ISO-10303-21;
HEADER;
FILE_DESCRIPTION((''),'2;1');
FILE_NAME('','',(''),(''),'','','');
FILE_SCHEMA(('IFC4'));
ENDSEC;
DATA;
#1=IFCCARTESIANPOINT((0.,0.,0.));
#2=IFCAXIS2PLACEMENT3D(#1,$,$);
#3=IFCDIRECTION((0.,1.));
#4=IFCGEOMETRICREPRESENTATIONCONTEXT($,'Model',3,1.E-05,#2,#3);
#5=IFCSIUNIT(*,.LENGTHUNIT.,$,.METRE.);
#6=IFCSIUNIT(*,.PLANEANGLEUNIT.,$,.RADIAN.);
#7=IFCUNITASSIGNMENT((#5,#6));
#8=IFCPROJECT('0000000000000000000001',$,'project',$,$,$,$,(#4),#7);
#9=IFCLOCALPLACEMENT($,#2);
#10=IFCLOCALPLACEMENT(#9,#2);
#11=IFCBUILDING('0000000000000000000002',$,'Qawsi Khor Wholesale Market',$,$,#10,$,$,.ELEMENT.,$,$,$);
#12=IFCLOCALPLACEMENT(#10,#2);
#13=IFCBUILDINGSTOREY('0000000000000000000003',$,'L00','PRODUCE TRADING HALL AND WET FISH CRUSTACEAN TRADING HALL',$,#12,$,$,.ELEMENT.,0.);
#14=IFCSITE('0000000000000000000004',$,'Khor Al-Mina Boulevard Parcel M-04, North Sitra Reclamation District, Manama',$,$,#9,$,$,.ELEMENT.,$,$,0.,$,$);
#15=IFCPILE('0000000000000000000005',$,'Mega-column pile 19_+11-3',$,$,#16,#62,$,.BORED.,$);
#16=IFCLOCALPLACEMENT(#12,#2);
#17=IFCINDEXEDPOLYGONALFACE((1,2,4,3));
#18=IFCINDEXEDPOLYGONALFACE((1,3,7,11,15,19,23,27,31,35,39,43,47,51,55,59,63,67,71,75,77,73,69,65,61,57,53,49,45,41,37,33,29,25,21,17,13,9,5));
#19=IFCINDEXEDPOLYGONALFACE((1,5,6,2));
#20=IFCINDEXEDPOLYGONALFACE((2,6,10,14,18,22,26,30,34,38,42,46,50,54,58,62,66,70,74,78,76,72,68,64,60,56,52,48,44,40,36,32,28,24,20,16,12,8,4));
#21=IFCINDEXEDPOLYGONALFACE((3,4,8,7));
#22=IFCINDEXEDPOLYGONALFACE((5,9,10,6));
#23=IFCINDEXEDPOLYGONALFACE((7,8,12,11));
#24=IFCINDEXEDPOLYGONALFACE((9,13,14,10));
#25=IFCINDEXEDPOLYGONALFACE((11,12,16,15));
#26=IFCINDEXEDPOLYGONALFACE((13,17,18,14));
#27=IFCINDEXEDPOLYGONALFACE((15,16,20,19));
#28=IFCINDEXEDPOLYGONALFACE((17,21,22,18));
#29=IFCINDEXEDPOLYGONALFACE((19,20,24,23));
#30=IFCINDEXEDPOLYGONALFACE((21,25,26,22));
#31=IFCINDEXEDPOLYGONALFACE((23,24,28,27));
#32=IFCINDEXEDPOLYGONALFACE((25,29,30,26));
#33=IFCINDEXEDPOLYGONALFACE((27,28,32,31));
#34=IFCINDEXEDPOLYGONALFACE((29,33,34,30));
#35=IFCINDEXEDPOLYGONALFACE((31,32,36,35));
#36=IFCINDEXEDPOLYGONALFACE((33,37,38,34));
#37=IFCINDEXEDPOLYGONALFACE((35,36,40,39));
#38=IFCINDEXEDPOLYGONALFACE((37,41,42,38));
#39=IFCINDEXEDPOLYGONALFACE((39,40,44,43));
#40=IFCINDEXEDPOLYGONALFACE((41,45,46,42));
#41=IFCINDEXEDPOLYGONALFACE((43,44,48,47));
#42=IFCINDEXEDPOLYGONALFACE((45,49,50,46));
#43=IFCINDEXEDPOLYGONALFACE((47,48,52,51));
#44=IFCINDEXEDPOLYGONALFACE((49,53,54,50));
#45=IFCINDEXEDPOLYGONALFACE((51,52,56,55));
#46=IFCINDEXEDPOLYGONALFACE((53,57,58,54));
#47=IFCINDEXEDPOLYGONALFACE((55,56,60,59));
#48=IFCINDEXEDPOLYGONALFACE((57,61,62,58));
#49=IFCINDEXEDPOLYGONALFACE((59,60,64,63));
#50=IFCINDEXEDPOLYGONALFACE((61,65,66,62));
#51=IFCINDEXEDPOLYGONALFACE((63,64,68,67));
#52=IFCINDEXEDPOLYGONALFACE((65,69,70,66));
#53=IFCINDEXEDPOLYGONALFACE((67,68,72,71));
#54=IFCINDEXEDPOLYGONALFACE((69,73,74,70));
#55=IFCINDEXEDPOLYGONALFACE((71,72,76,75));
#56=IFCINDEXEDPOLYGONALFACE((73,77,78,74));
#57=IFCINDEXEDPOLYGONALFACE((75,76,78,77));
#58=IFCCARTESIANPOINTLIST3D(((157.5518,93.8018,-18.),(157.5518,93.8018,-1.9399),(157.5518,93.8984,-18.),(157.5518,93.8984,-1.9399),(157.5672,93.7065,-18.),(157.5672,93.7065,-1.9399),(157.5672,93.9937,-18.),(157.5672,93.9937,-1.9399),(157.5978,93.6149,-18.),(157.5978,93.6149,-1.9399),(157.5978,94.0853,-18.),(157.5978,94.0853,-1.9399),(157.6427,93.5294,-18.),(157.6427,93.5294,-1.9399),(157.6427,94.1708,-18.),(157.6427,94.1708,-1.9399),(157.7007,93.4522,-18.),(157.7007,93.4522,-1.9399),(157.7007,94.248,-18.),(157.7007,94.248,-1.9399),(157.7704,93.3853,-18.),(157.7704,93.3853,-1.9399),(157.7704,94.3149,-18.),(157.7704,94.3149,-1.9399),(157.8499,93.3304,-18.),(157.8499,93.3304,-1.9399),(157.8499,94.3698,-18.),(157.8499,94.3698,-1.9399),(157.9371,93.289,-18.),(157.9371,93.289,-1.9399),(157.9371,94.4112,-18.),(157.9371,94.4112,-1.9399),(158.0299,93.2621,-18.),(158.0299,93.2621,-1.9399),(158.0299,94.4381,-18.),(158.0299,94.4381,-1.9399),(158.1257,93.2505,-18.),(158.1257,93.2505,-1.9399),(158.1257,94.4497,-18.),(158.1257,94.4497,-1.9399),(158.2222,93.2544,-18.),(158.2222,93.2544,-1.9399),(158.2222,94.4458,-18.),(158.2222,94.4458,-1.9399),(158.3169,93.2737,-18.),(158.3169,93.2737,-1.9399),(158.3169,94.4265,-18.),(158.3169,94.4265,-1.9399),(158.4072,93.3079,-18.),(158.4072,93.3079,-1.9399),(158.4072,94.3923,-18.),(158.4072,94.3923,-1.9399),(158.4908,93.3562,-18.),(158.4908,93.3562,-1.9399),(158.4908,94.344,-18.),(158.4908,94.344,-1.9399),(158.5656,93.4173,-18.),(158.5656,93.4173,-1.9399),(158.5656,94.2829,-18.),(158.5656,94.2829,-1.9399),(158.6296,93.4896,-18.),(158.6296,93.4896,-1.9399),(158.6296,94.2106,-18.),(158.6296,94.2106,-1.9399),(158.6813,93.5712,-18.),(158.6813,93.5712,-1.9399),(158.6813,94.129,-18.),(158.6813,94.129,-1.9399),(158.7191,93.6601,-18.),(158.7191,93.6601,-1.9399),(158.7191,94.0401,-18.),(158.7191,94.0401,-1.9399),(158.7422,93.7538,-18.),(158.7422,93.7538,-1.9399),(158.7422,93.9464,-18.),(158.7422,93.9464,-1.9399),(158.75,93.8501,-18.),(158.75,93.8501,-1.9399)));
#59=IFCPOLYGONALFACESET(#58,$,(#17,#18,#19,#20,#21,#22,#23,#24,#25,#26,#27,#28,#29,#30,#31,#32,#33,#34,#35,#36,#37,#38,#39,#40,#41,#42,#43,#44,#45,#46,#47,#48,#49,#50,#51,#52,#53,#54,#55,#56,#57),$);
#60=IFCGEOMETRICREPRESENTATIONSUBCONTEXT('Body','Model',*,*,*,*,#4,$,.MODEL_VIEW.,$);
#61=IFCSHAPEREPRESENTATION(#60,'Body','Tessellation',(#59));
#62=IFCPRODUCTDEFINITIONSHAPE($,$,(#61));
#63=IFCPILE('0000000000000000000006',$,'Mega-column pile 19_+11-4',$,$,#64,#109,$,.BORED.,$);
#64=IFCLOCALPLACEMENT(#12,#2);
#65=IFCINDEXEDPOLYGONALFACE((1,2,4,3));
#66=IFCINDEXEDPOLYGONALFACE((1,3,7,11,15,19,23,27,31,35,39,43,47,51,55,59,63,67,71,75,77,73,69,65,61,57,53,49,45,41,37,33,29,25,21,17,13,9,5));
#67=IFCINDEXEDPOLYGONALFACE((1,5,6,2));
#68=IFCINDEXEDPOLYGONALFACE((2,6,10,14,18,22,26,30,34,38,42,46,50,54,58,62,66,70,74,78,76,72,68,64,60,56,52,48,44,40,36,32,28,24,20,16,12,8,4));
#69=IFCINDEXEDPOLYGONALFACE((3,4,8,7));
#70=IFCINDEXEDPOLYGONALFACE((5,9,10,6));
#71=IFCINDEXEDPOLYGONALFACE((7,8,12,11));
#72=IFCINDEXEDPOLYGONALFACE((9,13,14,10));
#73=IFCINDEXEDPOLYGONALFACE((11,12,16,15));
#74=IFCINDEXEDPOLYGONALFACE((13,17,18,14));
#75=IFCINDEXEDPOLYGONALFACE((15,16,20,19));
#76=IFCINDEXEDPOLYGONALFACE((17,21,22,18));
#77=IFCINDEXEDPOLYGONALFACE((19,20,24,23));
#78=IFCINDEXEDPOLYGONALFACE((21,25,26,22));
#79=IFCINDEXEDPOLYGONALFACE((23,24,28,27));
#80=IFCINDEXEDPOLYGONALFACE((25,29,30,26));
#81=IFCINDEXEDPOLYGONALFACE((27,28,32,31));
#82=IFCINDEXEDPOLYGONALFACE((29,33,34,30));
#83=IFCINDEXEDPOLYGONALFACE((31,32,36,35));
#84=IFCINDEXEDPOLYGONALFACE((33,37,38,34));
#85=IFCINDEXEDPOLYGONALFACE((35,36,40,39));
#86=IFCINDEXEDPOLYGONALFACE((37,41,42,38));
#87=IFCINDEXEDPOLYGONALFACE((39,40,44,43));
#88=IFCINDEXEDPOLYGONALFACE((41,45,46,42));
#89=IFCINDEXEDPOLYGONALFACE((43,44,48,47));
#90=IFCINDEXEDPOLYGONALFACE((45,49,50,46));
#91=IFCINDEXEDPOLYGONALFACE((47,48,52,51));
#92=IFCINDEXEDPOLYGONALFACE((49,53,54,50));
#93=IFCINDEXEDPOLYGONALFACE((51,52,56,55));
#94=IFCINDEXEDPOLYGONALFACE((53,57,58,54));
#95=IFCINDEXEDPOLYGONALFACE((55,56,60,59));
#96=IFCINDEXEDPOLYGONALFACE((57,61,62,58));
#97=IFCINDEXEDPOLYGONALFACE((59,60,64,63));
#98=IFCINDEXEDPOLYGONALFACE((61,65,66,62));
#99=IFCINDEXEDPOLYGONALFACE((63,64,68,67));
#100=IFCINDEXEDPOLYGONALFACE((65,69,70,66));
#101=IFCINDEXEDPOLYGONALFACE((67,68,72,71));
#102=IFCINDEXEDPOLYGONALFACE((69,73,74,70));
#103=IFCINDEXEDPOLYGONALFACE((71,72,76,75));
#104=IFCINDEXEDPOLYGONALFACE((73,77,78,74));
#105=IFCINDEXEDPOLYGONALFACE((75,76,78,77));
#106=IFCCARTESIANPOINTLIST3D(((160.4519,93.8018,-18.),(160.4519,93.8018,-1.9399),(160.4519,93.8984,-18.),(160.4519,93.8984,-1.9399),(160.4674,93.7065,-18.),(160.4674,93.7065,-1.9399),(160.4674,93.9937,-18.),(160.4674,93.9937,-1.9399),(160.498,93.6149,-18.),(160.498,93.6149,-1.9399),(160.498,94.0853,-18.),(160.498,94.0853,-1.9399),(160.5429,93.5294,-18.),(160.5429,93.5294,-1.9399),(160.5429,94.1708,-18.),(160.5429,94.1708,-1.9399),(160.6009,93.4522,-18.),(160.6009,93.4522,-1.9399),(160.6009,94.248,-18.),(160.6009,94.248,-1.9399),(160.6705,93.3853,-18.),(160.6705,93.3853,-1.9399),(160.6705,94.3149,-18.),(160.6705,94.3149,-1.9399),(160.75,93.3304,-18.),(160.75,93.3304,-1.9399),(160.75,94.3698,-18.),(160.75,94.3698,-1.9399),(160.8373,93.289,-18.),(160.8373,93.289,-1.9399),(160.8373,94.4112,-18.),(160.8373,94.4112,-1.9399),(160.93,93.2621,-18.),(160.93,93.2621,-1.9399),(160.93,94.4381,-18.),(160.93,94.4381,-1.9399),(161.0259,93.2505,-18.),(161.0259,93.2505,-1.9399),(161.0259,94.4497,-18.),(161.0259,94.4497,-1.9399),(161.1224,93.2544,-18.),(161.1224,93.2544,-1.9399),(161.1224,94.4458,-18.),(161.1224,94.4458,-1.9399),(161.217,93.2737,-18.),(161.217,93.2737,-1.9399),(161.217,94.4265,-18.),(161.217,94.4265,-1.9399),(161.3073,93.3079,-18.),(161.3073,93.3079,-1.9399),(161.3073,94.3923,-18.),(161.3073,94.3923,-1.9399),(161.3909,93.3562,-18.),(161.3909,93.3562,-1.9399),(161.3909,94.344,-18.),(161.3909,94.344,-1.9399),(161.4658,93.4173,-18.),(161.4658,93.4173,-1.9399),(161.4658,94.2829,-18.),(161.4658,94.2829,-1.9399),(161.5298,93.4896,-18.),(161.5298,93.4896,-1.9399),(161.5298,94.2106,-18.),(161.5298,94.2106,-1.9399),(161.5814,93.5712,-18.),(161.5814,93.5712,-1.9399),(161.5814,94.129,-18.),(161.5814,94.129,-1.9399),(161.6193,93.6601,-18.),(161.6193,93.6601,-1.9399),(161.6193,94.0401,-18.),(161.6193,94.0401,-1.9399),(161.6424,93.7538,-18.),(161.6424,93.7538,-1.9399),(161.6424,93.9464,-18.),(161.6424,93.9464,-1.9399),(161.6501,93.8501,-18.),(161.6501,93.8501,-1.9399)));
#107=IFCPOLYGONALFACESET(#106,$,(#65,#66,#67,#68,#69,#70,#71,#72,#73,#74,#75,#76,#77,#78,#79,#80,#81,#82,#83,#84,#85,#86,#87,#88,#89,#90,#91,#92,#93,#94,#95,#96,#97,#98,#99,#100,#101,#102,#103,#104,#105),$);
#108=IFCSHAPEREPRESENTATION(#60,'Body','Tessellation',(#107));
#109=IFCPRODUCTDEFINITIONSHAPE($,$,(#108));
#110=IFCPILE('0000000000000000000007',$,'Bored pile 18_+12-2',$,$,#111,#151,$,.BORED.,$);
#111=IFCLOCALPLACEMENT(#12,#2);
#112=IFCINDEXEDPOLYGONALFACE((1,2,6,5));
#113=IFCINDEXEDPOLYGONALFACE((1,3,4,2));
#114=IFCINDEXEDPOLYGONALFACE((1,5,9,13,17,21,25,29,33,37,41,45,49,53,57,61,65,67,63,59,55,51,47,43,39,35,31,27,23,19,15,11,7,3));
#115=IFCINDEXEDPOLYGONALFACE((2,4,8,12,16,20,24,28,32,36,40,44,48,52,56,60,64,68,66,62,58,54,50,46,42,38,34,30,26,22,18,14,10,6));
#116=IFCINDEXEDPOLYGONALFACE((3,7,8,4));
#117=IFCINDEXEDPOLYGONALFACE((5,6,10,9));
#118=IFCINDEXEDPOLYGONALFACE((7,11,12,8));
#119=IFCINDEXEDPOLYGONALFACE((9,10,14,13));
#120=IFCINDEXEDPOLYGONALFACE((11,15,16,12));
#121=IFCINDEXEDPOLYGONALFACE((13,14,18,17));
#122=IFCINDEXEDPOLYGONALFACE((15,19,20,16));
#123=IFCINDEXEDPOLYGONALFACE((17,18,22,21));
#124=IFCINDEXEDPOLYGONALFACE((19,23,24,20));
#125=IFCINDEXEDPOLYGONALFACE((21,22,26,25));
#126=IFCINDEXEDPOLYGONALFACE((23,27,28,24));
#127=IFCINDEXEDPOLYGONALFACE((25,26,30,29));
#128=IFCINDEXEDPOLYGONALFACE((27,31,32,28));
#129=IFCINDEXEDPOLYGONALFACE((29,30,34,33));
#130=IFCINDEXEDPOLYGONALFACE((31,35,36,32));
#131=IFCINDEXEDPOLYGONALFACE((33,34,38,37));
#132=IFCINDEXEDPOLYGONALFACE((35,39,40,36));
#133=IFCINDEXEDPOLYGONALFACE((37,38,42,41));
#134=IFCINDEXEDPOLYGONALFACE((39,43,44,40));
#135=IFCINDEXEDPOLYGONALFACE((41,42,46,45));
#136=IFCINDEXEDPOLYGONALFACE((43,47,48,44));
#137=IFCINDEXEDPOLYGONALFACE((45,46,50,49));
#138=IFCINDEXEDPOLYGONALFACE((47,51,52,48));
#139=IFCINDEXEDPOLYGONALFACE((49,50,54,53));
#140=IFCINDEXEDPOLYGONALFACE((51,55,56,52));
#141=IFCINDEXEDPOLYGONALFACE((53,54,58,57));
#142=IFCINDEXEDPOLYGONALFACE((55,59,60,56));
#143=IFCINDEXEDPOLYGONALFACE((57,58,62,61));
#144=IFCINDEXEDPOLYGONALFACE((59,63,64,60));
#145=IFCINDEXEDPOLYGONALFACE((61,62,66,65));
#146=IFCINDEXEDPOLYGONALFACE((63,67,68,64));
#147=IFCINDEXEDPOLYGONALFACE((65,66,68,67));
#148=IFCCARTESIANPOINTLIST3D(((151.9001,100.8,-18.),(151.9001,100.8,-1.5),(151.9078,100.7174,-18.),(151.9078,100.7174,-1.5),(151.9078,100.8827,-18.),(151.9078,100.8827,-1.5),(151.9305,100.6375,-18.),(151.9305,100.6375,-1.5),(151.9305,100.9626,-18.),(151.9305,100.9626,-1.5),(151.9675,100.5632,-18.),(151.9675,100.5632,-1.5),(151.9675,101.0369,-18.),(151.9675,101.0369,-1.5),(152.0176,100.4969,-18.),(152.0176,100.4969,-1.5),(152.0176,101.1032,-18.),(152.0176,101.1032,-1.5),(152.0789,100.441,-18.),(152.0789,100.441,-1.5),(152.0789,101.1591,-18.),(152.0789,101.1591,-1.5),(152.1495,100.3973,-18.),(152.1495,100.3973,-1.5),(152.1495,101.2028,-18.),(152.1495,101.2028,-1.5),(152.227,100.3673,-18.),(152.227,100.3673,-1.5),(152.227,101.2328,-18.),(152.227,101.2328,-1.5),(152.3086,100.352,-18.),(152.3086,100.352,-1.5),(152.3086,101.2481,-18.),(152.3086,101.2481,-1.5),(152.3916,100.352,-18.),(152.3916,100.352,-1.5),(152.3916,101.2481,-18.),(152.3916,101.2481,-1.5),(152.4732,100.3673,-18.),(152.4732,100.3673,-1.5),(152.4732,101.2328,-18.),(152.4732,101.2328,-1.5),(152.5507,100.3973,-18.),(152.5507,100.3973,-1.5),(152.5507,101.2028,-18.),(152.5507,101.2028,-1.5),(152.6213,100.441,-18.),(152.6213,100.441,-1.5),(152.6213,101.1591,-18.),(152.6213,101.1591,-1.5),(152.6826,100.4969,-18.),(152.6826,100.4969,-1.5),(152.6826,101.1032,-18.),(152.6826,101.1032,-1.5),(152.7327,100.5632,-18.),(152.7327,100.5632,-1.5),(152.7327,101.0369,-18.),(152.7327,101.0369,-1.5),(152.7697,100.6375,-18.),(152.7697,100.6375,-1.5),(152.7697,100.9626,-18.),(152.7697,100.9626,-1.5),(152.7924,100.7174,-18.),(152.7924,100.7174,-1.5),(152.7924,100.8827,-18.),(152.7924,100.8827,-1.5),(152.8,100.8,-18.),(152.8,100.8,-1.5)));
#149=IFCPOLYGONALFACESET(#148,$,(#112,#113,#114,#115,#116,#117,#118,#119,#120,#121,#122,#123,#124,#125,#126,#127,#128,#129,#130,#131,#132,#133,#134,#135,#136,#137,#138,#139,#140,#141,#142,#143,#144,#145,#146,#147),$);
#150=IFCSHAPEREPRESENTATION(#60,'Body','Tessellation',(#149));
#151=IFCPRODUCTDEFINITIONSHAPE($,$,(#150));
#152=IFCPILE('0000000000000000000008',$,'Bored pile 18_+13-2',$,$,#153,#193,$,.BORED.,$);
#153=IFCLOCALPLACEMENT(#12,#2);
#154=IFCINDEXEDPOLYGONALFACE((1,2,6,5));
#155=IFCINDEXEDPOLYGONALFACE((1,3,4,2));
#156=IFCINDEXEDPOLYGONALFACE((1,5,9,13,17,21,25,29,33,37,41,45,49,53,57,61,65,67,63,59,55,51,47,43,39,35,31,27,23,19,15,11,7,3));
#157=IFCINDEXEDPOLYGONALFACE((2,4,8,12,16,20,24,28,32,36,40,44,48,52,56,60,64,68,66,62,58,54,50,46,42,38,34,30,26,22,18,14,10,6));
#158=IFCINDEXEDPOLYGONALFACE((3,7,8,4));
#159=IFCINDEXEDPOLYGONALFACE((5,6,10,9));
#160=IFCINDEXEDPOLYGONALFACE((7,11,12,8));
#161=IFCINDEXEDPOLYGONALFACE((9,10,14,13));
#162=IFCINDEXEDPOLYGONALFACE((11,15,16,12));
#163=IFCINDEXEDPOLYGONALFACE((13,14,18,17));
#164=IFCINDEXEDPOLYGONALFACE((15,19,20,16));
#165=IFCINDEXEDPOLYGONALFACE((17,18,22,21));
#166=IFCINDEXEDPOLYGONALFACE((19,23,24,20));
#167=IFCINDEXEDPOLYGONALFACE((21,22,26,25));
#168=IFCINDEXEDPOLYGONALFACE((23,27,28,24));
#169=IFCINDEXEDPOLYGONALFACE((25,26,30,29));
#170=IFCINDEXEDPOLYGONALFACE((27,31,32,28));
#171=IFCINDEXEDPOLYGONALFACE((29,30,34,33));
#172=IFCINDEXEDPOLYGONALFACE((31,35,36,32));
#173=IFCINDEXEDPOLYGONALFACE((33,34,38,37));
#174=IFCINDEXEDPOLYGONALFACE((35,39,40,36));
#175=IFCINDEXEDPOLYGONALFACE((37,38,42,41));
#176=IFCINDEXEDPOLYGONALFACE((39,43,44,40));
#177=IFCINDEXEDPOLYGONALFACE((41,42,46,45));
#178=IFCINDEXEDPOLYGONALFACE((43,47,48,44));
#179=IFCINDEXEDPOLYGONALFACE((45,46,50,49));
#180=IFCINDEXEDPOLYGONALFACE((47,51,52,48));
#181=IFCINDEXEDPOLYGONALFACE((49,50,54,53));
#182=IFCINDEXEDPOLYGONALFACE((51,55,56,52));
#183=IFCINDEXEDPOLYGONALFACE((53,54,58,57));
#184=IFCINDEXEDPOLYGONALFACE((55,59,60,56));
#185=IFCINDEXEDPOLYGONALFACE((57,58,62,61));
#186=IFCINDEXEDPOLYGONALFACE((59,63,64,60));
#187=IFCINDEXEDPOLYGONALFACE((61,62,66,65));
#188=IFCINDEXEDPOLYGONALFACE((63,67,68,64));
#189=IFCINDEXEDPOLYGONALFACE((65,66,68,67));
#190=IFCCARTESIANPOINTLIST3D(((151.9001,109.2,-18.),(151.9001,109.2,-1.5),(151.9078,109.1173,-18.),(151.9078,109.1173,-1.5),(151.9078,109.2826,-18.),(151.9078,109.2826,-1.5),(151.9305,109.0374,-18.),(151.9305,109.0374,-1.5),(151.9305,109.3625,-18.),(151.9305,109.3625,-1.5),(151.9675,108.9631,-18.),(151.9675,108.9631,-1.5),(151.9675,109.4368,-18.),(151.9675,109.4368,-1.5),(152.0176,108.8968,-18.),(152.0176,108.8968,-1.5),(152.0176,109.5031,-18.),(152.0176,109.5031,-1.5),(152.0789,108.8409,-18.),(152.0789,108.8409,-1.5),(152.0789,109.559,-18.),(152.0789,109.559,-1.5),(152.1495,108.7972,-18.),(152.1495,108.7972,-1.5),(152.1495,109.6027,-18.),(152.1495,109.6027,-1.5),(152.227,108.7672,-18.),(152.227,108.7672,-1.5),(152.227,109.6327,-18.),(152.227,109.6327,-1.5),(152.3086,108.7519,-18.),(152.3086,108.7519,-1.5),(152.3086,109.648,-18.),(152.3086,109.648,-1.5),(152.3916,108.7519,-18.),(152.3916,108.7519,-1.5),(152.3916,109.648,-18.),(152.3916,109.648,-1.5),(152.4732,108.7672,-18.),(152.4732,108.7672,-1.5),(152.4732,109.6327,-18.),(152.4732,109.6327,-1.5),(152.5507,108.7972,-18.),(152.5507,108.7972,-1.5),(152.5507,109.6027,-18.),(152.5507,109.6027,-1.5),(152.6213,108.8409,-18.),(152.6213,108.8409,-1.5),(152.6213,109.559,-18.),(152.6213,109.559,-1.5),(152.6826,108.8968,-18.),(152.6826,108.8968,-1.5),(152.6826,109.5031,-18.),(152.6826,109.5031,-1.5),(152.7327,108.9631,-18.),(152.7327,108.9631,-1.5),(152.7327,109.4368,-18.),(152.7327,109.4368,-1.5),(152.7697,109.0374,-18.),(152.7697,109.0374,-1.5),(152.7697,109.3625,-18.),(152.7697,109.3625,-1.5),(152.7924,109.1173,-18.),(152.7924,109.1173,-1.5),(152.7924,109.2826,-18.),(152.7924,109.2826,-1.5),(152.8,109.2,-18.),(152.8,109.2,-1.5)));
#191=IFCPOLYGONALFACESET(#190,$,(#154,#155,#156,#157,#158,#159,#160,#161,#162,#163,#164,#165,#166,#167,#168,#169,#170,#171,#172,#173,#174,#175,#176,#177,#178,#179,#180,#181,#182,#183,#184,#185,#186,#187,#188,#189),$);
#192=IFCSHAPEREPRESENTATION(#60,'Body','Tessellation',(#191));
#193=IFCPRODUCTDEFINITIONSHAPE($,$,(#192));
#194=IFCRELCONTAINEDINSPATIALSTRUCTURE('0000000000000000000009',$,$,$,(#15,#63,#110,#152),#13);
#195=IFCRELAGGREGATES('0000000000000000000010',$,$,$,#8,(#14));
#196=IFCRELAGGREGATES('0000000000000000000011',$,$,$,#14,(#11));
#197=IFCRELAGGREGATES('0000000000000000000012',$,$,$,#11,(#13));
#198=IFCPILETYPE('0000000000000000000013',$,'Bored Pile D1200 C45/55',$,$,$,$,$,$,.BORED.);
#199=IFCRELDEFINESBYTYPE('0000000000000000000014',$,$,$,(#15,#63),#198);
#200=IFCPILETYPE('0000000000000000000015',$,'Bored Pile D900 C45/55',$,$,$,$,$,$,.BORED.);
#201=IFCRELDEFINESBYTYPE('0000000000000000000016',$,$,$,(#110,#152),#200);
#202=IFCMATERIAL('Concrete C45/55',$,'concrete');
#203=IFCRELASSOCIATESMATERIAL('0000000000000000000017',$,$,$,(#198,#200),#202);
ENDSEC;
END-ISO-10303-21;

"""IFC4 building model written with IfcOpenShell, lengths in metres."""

from ifc_helpers import new_model, si_unit, direction, frame, origin, origin_2d, place, context, subcontext, project, spatial, circle, extrude, material, material_profile, profile_set, type_object, element, save


model = new_model("IFC4")

# Units and contexts
model_context = context("Model", 3, precision=1e-05, world=origin(), true_north=direction((0.0, 1.0)))
body_context = subcontext(model_context, "Body", "Model", "MODEL_VIEW")
ifc_project = project(units=[si_unit("LENGTHUNIT", "METRE"), si_unit("PLANEANGLEUNIT", "RADIAN")], contexts=[model_context])

# Site, building, storey
site_placement = place(None, origin())
site = spatial("IfcSite", under=ifc_project, at=site_placement, Name="Khor Al-Mina Boulevard Parcel M-04, North Sitra Reclamation District, Manama", CompositionType="ELEMENT", RefElevation=0.0)
building_placement = place(site_placement, origin())
building = spatial("IfcBuilding", under=site, at=building_placement, Name="Qawsi Khor Wholesale Market", CompositionType="ELEMENT")
storey_placement = place(building_placement, origin())
storey = spatial("IfcBuildingStorey", under=building, at=storey_placement, Name="L00", Description="PRODUCE TRADING HALL AND WET FISH CRUSTACEAN TRADING HALL", CompositionType="ELEMENT", Elevation=0.0)

# Piles
ifc_material_1 = material(Name="Concrete C45/55", Category="concrete")
ifc_material_profile_1 = material_profile(ifc_material_1, circle(Radius=0.6001, at=origin_2d()), Name="PILE D1200")
ifc_profile_set_1 = profile_set([ifc_material_profile_1], Name="Concrete C45/55")
pile_type_1 = type_object("IfcPileType", Name="Bored Pile D1200 C45/55", PredefinedType="BORED", material=ifc_profile_set_1)
for number, where, z_axis, x_axis, name in (
    (1, (158.1499, 93.8501, -1.9399), (0.0, 0.0, -1.0), (1.0, 0.0, 0.0), "Mega-column pile 19_+11-3"),
    (2, (161.05, 93.8501, -1.9399), (0.0, 0.0, -1.0), (1.0, 0.0, 0.0), "Mega-column pile 19_+11-4"),
):
    element("IfcPile", number, at=place(storey_placement, frame(where, z_axis=z_axis, x_axis=x_axis)), inside=storey, type_object=pile_type_1, Name=name, PredefinedType="BORED", context=body_context, shape_type="SweptSolid", body=[
        extrude(circle(Radius=0.6001, at=origin_2d()), origin(), (0.0, 0.0, 1.0), 16.0601),
    ])
ifc_material_profile_2 = material_profile(ifc_material_1, circle(Radius=0.45, at=origin_2d()), Name="PILE D900")
ifc_profile_set_2 = profile_set([ifc_material_profile_2], Name="Concrete C45/55")
pile_type_2 = type_object("IfcPileType", Name="Bored Pile D900 C45/55", PredefinedType="BORED", material=ifc_profile_set_2)
for number, where, z_axis, x_axis, name in (
    (3, (152.3501, 100.8, -1.5), (0.0, 0.0, -1.0), (1.0, 0.0, 0.0), "Bored pile 18_+12-2"),
    (4, (152.3501, 109.2, -1.5), (0.0, 0.0, -1.0), (1.0, 0.0, 0.0), "Bored pile 18_+13-2"),
):
    element("IfcPile", number, at=place(storey_placement, frame(where, z_axis=z_axis, x_axis=x_axis)), inside=storey, type_object=pile_type_2, Name=name, PredefinedType="BORED", context=body_context, shape_type="SweptSolid", body=[
        extrude(circle(Radius=0.45, at=origin_2d()), origin(), (0.0, 0.0, 1.0), 16.5),
    ])

save(model, "model.ifc")
